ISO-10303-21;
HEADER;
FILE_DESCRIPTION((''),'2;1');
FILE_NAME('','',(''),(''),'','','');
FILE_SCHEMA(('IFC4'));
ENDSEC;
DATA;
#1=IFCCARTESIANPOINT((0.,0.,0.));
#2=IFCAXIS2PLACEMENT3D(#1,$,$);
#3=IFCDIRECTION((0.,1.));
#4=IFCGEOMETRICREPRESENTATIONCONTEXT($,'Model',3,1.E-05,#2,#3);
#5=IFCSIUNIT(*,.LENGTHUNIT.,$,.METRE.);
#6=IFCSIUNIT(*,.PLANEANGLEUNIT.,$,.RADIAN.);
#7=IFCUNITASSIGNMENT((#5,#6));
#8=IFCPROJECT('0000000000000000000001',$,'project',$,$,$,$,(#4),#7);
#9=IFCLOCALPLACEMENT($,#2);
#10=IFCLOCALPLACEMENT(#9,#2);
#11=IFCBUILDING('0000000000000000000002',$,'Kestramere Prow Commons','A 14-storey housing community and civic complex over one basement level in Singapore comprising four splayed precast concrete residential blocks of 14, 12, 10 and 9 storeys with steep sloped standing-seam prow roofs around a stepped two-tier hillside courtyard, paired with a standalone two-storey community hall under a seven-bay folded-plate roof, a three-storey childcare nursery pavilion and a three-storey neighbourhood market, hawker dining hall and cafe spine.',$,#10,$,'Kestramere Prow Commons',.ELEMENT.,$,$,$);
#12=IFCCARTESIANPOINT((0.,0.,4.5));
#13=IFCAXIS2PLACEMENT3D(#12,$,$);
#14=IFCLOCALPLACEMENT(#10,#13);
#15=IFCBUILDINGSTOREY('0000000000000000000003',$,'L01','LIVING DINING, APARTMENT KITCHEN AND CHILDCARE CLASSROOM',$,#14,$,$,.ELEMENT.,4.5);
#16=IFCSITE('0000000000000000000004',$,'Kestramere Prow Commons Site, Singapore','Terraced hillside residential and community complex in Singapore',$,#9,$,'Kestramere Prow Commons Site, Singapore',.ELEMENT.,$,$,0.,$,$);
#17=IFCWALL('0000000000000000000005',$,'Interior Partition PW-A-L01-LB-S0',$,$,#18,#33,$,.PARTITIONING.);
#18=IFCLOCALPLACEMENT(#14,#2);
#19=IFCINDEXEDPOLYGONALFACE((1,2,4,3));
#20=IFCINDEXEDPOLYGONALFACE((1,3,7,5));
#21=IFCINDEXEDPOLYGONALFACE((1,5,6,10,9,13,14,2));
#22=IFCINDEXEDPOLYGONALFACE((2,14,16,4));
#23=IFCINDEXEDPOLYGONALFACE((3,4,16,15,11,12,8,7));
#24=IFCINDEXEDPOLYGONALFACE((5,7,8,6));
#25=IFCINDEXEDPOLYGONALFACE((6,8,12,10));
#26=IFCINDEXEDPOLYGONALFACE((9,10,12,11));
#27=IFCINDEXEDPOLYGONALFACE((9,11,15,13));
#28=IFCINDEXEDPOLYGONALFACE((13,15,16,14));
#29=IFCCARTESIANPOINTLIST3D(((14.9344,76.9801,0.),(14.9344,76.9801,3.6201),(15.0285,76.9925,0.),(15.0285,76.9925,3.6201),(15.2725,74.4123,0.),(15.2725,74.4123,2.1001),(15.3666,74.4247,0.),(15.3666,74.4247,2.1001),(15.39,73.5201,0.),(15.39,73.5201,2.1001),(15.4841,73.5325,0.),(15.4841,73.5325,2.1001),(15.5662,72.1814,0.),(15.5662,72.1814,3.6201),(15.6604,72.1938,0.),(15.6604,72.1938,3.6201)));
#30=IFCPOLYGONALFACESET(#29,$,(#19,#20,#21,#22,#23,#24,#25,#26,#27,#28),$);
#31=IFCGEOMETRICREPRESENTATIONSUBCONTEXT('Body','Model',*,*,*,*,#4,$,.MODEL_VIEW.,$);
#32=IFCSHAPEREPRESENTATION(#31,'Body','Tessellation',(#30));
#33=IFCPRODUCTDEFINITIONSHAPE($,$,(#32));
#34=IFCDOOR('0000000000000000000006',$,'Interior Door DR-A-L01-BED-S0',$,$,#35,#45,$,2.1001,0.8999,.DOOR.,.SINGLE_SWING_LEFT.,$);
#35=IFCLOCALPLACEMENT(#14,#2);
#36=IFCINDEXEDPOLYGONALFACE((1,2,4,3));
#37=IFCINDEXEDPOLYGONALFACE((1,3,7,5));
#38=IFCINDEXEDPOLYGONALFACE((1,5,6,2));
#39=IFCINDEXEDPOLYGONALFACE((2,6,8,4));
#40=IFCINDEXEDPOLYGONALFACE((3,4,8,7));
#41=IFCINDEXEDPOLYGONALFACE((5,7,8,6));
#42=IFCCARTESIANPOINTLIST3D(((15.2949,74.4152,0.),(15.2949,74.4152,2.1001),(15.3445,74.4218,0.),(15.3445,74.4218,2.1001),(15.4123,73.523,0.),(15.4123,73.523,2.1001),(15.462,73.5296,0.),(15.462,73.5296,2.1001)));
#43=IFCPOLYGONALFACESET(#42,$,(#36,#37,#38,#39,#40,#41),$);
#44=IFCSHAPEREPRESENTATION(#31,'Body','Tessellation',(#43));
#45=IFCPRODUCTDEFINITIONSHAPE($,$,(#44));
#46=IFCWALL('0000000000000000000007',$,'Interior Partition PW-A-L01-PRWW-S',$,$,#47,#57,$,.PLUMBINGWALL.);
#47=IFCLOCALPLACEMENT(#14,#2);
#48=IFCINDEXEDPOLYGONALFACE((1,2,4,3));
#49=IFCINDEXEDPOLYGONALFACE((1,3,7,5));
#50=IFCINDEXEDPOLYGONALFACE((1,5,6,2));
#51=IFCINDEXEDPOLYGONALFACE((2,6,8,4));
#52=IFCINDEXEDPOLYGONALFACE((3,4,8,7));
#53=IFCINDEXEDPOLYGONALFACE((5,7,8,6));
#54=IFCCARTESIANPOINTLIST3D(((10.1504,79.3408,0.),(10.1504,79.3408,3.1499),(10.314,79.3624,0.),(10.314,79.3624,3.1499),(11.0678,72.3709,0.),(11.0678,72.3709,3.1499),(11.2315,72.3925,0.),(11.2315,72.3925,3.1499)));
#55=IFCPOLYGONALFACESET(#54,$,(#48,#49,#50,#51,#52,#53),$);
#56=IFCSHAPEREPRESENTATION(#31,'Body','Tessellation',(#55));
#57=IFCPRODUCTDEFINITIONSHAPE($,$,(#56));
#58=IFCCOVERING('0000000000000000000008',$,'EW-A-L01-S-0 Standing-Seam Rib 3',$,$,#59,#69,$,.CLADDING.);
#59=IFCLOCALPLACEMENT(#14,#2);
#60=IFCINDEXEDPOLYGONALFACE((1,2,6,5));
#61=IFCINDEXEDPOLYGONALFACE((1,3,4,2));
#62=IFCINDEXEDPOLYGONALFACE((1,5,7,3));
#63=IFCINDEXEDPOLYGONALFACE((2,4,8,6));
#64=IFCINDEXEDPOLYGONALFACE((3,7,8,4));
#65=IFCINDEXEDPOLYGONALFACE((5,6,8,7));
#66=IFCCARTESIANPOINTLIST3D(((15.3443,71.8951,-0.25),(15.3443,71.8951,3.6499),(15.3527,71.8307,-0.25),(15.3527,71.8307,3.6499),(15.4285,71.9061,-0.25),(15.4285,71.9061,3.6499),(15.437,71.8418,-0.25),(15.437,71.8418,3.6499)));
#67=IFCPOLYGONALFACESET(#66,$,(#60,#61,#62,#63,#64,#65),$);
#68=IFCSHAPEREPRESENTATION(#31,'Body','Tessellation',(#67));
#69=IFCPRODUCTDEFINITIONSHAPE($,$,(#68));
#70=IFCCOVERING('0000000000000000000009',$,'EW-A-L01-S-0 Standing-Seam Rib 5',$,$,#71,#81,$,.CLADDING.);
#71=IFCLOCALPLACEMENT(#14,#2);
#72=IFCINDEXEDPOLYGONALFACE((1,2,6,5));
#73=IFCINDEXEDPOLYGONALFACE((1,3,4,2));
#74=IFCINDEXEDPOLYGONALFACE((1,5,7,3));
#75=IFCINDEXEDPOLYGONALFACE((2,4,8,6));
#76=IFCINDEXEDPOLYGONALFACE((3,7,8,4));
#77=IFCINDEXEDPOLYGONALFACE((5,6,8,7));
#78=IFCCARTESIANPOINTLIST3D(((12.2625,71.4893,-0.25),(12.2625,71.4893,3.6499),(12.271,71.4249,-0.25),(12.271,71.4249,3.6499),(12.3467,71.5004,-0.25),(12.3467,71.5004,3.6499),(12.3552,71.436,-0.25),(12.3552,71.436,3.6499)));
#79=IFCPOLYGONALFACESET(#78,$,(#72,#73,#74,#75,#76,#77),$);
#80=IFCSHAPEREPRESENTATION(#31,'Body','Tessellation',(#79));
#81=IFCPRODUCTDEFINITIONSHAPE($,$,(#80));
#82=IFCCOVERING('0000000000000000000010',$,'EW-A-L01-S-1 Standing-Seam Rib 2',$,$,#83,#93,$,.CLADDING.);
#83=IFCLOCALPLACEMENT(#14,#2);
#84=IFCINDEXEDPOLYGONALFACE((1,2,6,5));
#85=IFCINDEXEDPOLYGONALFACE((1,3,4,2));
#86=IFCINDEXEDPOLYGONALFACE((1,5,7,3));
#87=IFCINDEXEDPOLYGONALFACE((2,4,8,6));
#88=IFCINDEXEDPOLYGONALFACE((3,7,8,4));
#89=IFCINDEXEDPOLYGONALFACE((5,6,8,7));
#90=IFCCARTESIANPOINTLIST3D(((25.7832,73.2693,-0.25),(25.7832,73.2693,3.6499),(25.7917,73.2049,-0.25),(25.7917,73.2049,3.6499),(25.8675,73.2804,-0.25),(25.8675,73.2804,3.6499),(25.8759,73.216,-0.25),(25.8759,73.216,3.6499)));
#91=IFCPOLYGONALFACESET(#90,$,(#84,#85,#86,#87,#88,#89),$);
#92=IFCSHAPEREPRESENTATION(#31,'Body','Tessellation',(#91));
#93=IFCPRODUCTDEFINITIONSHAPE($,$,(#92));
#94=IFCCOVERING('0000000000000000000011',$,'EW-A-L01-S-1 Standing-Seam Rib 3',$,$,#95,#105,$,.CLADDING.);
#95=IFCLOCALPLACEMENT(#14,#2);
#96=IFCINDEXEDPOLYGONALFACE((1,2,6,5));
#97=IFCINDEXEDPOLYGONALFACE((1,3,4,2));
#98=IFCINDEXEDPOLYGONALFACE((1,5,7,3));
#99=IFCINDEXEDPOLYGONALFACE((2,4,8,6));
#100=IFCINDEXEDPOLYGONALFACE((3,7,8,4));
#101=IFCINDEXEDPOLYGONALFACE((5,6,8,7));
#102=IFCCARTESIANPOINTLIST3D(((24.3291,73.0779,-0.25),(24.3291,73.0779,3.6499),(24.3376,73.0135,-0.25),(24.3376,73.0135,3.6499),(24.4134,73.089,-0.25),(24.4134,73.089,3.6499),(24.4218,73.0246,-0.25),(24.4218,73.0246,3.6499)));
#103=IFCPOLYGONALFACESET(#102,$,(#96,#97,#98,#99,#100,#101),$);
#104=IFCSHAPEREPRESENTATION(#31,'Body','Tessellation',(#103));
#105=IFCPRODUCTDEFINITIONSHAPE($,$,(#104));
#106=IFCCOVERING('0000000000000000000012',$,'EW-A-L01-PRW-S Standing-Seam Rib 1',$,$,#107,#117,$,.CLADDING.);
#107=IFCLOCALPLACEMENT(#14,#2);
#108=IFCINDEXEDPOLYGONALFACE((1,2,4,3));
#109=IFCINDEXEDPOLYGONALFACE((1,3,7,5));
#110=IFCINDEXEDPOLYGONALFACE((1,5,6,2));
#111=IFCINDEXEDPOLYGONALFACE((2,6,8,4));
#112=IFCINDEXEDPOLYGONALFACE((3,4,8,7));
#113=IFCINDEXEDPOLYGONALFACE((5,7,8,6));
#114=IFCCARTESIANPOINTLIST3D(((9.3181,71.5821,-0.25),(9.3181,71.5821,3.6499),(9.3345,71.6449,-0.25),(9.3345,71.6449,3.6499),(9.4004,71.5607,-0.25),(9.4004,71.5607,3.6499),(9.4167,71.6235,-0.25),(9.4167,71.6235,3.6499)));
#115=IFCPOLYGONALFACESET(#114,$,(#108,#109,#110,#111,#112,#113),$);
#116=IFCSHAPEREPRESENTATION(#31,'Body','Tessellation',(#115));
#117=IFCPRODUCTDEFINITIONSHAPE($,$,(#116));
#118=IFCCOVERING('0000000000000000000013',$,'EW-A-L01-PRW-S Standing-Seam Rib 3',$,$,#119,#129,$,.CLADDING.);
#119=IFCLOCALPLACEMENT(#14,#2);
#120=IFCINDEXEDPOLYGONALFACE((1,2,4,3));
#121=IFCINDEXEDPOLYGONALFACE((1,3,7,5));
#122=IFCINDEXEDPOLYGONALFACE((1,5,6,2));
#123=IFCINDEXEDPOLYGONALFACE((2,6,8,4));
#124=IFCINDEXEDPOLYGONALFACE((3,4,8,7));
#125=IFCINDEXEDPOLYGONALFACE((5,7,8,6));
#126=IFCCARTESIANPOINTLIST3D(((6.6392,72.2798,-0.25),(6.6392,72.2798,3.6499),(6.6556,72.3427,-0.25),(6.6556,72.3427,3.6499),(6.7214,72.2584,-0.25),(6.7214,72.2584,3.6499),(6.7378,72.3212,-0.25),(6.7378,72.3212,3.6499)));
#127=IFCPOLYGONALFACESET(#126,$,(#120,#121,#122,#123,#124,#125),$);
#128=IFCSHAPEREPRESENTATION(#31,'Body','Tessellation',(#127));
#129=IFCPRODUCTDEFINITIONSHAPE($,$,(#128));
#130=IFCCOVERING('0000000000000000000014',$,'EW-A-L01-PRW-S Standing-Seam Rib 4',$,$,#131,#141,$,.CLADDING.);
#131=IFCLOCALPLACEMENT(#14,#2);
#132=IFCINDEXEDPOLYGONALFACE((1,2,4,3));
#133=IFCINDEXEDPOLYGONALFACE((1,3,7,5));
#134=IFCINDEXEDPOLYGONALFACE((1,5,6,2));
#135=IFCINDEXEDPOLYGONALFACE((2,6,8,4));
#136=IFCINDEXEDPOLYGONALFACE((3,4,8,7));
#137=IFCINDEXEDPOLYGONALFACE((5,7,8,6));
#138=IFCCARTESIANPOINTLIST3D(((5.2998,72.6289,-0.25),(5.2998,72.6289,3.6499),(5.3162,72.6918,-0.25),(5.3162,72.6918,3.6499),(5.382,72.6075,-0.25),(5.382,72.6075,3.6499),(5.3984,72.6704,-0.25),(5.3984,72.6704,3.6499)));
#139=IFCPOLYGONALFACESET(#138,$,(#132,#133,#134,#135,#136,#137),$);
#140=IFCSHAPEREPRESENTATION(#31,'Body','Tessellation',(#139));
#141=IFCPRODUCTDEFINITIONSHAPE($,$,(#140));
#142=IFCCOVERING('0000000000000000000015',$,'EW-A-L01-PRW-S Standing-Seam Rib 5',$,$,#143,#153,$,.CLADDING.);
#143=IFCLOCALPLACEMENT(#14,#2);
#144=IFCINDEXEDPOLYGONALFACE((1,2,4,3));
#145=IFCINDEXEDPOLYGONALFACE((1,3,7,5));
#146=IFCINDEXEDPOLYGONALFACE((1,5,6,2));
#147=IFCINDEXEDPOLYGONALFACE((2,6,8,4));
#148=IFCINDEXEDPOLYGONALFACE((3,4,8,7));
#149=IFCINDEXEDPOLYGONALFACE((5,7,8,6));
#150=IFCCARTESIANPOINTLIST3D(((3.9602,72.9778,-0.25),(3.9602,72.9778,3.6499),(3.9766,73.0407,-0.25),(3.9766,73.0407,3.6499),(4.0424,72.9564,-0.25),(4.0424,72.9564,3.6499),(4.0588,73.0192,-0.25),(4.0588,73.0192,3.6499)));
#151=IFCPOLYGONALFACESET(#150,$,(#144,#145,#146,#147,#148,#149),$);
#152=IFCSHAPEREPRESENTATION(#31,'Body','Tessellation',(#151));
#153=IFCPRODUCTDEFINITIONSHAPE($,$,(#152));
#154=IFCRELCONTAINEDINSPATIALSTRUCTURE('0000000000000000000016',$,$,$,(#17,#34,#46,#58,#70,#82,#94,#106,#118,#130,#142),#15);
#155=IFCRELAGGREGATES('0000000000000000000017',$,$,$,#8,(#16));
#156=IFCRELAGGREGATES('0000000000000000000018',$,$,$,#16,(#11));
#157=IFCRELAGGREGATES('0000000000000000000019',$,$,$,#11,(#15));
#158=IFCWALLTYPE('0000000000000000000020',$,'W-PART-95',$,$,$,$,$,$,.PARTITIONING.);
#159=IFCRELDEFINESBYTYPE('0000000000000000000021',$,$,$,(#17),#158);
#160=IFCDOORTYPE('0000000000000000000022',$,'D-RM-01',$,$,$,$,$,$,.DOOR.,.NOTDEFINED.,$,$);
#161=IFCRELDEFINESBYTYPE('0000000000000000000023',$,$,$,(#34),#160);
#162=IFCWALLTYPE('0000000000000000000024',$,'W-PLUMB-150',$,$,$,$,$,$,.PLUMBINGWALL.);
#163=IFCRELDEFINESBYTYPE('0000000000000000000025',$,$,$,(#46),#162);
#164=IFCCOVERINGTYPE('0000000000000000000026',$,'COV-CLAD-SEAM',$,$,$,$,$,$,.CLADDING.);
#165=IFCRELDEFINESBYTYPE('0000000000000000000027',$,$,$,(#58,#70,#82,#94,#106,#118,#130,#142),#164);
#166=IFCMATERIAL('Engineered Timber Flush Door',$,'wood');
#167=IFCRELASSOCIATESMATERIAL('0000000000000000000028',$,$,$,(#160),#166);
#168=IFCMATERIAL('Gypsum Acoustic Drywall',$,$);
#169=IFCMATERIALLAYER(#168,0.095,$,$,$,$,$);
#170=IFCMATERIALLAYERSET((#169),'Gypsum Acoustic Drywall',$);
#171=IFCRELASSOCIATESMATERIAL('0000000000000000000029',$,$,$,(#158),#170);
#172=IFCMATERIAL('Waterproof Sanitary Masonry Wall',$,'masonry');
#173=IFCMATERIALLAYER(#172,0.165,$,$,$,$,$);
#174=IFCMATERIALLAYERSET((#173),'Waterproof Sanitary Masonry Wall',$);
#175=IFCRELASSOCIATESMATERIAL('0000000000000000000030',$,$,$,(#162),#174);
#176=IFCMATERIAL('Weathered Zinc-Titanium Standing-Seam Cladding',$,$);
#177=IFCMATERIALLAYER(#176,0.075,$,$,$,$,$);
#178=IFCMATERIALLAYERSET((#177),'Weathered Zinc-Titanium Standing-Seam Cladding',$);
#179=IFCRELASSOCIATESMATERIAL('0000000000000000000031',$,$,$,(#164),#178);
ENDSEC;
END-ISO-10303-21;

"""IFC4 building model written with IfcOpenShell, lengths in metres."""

from ifc_helpers import new_model, si_unit, direction, frame, frame_2d, origin, origin_2d, place, context, subcontext, project, spatial, rectangle, extrude, material, layer, layer_set, type_object, element, fill, save


model = new_model("IFC4")

# Units and contexts
model_context = context("Model", 3, precision=1e-05, world=origin(), true_north=direction((0.0, 1.0)))
body_context = subcontext(model_context, "Body", "Model", "MODEL_VIEW")
ifc_project = project(units=[si_unit("LENGTHUNIT", "METRE"), si_unit("PLANEANGLEUNIT", "RADIAN")], contexts=[model_context])

# Site, building, storey
site_placement = place(None, origin())
site = spatial("IfcSite", under=ifc_project, at=site_placement, Name="Kestramere Prow Commons Site, Singapore", Description="Terraced hillside residential and community complex in Singapore", LongName="Kestramere Prow Commons Site, Singapore", CompositionType="ELEMENT", RefElevation=0.0)
building_placement = place(site_placement, origin())
building = spatial("IfcBuilding", under=site, at=building_placement, Name="Kestramere Prow Commons", Description="A 14-storey housing community and civic complex over one basement level in Singapore comprising four splayed precast concrete residential blocks of 14, 12, 10 and 9 storeys with steep sloped standing-seam prow roofs around a stepped two-tier hillside courtyard, paired with a standalone two-storey community hall under a seven-bay folded-plate roof, a three-storey childcare nursery pavilion and a three-storey neighbourhood market, hawker dining hall and cafe spine.", LongName="Kestramere Prow Commons", CompositionType="ELEMENT")
storey_placement = place(building_placement, frame((0.0, 0.0, 4.5)))
storey = spatial("IfcBuildingStorey", under=building, at=storey_placement, Name="L01", Description="LIVING DINING, APARTMENT KITCHEN AND CHILDCARE CLASSROOM", CompositionType="ELEMENT", Elevation=4.5)

# Shared definitions
ifc_material_1 = material(Name="Weathered Zinc-Titanium Standing-Seam Cladding")

# Wall, opening, door
ifc_material_2 = material(Name="Engineered Timber Flush Door", Category="wood")
door_type = type_object("IfcDoorType", Name="D-RM-01", OperationType="NOTDEFINED", PredefinedType="DOOR", material=ifc_material_2)
ifc_material_3 = material(Name="Gypsum Acoustic Drywall")
ifc_layer_1 = layer(ifc_material_3, 0.095)
ifc_layer_set_1 = layer_set([ifc_layer_1], Name="Gypsum Acoustic Drywall")
wall_type_1 = type_object("IfcWallType", Name="W-PART-95", PredefinedType="PARTITIONING", material=ifc_layer_set_1)
wall_1_placement = place(storey_placement, frame((15.6133, 72.1877, 0.0), z_axis=(0.0, 0.0, 1.0), x_axis=(-0.130545, 0.991442, 0.0)))
wall_1 = element("IfcWall", 1, at=wall_1_placement, inside=storey, type_object=wall_type_1, Name="Interior Partition PW-A-L01-LB-S0", PredefinedType="PARTITIONING", context=body_context, shape_type="SweptSolid", body=[
    extrude(rectangle(XDim=4.8401, YDim=0.095, at=frame_2d((2.4199, 0.0))), origin(), (0.0, 0.0, 1.0), 3.6201),
])
opening_1_placement = place(wall_1_placement, frame((1.3501, 0.0, 0.0)))
opening_1 = element("IfcOpeningElement", 2, at=opening_1_placement, cuts=wall_1, PredefinedType="OPENING", context=body_context, shape_type="SweptSolid", body=[
    extrude(rectangle(XDim=0.8999, YDim=2.1001, at=frame_2d((0.45, 1.05))), frame((0.0, 0.0625, 0.0), z_axis=(0.0, -1.0, 0.0), x_axis=(1.0, 0.0, 0.0)), (0.0, 0.0, 1.0), 0.125),
])
door_1_placement = place(opening_1_placement, origin())
door_1 = element("IfcDoor", 3, at=door_1_placement, inside=storey, type_object=door_type, Name="Interior Door DR-A-L01-BED-S0", OperationType="SINGLE_SWING_LEFT", OverallHeight=2.1001, OverallWidth=0.8999, PredefinedType="DOOR", context=body_context, shape_type="SweptSolid", body=[
    extrude(rectangle(XDim=0.8999, YDim=2.1001, at=frame_2d((0.45, 1.05))), frame((0.0, 0.0249, 0.0), z_axis=(0.0, -1.0, 0.0), x_axis=(1.0, 0.0, 0.0)), (0.0, 0.0, 1.0), 0.05),
])
fill(opening_1, door_1)

# Wall
ifc_material_4 = material(Name="Waterproof Sanitary Masonry Wall", Category="masonry")
ifc_layer_2 = layer(ifc_material_4, 0.165)
ifc_layer_set_2 = layer_set([ifc_layer_2], Name="Waterproof Sanitary Masonry Wall")
wall_type_2 = type_object("IfcWallType", Name="W-PLUMB-150", PredefinedType="PLUMBINGWALL", material=ifc_layer_set_2)
wall_2_placement = place(storey_placement, frame((11.1497, 72.3816, 0.0), z_axis=(0.0, 0.0, 1.0), x_axis=(-0.130508, 0.991447, 0.0)))
element("IfcWall", 4, at=wall_2_placement, inside=storey, type_object=wall_type_2, Name="Interior Partition PW-A-L01-PRWW-S", PredefinedType="PLUMBINGWALL", context=body_context, shape_type="SweptSolid", body=[
    extrude(rectangle(XDim=7.03, YDim=0.165, at=frame_2d((3.5151, 0.0))), origin(), (0.0, 0.0, 1.0), 3.1499),
])

# Coverings
ifc_layer_3 = layer(ifc_material_1, 0.075)
ifc_layer_set_3 = layer_set([ifc_layer_3], Name="Weathered Zinc-Titanium Standing-Seam Cladding")
covering_type = type_object("IfcCoveringType", Name="COV-CLAD-SEAM", PredefinedType="CLADDING", material=ifc_layer_set_3)
for number, where, z_axis, x_axis, name in (
    (5, (15.3906, 71.8684, -0.25), (0.0, 0.0, 1.0), (-0.991445, -0.130526, 0.0), "EW-A-L01-S-0 Standing-Seam Rib 3"),
    (6, (12.3088, 71.4626, -0.25), (0.0, 0.0, 1.0), (-0.991445, -0.130526, 0.0), "EW-A-L01-S-0 Standing-Seam Rib 5"),
    (7, (25.8296, 73.2427, -0.25), (0.0, 0.0, 1.0), (-0.991445, -0.130526, 0.0), "EW-A-L01-S-1 Standing-Seam Rib 2"),
    (8, (24.3755, 73.0513, -0.25), (0.0, 0.0, 1.0), (-0.991445, -0.130526, 0.0), "EW-A-L01-S-1 Standing-Seam Rib 3"),
    (9, (9.3674, 71.6028, -0.25), (0.0, 0.0, 1.0), (-0.967698, 0.252112, 0.0), "EW-A-L01-PRW-S Standing-Seam Rib 1"),
    (10, (6.6885, 72.3005, -0.25), (0.0, 0.0, 1.0), (-0.967698, 0.252112, 0.0), "EW-A-L01-PRW-S Standing-Seam Rib 3"),
    (11, (5.3491, 72.6497, -0.25), (0.0, 0.0, 1.0), (-0.967698, 0.252112, 0.0), "EW-A-L01-PRW-S Standing-Seam Rib 4"),
    (12, (4.0095, 72.9985, -0.25), (0.0, 0.0, 1.0), (-0.967698, 0.252112, 0.0), "EW-A-L01-PRW-S Standing-Seam Rib 5"),
):
    element("IfcCovering", number, at=place(storey_placement, frame(where, z_axis=z_axis, x_axis=x_axis)), inside=storey, type_object=covering_type, Name=name, PredefinedType="CLADDING", context=body_context, shape_type="SweptSolid", body=[
        extrude(rectangle(XDim=0.085, YDim=0.0649, at=origin_2d()), origin(), (0.0, 0.0, 1.0), 3.8999),
    ])

save(model, "model.ifc")
